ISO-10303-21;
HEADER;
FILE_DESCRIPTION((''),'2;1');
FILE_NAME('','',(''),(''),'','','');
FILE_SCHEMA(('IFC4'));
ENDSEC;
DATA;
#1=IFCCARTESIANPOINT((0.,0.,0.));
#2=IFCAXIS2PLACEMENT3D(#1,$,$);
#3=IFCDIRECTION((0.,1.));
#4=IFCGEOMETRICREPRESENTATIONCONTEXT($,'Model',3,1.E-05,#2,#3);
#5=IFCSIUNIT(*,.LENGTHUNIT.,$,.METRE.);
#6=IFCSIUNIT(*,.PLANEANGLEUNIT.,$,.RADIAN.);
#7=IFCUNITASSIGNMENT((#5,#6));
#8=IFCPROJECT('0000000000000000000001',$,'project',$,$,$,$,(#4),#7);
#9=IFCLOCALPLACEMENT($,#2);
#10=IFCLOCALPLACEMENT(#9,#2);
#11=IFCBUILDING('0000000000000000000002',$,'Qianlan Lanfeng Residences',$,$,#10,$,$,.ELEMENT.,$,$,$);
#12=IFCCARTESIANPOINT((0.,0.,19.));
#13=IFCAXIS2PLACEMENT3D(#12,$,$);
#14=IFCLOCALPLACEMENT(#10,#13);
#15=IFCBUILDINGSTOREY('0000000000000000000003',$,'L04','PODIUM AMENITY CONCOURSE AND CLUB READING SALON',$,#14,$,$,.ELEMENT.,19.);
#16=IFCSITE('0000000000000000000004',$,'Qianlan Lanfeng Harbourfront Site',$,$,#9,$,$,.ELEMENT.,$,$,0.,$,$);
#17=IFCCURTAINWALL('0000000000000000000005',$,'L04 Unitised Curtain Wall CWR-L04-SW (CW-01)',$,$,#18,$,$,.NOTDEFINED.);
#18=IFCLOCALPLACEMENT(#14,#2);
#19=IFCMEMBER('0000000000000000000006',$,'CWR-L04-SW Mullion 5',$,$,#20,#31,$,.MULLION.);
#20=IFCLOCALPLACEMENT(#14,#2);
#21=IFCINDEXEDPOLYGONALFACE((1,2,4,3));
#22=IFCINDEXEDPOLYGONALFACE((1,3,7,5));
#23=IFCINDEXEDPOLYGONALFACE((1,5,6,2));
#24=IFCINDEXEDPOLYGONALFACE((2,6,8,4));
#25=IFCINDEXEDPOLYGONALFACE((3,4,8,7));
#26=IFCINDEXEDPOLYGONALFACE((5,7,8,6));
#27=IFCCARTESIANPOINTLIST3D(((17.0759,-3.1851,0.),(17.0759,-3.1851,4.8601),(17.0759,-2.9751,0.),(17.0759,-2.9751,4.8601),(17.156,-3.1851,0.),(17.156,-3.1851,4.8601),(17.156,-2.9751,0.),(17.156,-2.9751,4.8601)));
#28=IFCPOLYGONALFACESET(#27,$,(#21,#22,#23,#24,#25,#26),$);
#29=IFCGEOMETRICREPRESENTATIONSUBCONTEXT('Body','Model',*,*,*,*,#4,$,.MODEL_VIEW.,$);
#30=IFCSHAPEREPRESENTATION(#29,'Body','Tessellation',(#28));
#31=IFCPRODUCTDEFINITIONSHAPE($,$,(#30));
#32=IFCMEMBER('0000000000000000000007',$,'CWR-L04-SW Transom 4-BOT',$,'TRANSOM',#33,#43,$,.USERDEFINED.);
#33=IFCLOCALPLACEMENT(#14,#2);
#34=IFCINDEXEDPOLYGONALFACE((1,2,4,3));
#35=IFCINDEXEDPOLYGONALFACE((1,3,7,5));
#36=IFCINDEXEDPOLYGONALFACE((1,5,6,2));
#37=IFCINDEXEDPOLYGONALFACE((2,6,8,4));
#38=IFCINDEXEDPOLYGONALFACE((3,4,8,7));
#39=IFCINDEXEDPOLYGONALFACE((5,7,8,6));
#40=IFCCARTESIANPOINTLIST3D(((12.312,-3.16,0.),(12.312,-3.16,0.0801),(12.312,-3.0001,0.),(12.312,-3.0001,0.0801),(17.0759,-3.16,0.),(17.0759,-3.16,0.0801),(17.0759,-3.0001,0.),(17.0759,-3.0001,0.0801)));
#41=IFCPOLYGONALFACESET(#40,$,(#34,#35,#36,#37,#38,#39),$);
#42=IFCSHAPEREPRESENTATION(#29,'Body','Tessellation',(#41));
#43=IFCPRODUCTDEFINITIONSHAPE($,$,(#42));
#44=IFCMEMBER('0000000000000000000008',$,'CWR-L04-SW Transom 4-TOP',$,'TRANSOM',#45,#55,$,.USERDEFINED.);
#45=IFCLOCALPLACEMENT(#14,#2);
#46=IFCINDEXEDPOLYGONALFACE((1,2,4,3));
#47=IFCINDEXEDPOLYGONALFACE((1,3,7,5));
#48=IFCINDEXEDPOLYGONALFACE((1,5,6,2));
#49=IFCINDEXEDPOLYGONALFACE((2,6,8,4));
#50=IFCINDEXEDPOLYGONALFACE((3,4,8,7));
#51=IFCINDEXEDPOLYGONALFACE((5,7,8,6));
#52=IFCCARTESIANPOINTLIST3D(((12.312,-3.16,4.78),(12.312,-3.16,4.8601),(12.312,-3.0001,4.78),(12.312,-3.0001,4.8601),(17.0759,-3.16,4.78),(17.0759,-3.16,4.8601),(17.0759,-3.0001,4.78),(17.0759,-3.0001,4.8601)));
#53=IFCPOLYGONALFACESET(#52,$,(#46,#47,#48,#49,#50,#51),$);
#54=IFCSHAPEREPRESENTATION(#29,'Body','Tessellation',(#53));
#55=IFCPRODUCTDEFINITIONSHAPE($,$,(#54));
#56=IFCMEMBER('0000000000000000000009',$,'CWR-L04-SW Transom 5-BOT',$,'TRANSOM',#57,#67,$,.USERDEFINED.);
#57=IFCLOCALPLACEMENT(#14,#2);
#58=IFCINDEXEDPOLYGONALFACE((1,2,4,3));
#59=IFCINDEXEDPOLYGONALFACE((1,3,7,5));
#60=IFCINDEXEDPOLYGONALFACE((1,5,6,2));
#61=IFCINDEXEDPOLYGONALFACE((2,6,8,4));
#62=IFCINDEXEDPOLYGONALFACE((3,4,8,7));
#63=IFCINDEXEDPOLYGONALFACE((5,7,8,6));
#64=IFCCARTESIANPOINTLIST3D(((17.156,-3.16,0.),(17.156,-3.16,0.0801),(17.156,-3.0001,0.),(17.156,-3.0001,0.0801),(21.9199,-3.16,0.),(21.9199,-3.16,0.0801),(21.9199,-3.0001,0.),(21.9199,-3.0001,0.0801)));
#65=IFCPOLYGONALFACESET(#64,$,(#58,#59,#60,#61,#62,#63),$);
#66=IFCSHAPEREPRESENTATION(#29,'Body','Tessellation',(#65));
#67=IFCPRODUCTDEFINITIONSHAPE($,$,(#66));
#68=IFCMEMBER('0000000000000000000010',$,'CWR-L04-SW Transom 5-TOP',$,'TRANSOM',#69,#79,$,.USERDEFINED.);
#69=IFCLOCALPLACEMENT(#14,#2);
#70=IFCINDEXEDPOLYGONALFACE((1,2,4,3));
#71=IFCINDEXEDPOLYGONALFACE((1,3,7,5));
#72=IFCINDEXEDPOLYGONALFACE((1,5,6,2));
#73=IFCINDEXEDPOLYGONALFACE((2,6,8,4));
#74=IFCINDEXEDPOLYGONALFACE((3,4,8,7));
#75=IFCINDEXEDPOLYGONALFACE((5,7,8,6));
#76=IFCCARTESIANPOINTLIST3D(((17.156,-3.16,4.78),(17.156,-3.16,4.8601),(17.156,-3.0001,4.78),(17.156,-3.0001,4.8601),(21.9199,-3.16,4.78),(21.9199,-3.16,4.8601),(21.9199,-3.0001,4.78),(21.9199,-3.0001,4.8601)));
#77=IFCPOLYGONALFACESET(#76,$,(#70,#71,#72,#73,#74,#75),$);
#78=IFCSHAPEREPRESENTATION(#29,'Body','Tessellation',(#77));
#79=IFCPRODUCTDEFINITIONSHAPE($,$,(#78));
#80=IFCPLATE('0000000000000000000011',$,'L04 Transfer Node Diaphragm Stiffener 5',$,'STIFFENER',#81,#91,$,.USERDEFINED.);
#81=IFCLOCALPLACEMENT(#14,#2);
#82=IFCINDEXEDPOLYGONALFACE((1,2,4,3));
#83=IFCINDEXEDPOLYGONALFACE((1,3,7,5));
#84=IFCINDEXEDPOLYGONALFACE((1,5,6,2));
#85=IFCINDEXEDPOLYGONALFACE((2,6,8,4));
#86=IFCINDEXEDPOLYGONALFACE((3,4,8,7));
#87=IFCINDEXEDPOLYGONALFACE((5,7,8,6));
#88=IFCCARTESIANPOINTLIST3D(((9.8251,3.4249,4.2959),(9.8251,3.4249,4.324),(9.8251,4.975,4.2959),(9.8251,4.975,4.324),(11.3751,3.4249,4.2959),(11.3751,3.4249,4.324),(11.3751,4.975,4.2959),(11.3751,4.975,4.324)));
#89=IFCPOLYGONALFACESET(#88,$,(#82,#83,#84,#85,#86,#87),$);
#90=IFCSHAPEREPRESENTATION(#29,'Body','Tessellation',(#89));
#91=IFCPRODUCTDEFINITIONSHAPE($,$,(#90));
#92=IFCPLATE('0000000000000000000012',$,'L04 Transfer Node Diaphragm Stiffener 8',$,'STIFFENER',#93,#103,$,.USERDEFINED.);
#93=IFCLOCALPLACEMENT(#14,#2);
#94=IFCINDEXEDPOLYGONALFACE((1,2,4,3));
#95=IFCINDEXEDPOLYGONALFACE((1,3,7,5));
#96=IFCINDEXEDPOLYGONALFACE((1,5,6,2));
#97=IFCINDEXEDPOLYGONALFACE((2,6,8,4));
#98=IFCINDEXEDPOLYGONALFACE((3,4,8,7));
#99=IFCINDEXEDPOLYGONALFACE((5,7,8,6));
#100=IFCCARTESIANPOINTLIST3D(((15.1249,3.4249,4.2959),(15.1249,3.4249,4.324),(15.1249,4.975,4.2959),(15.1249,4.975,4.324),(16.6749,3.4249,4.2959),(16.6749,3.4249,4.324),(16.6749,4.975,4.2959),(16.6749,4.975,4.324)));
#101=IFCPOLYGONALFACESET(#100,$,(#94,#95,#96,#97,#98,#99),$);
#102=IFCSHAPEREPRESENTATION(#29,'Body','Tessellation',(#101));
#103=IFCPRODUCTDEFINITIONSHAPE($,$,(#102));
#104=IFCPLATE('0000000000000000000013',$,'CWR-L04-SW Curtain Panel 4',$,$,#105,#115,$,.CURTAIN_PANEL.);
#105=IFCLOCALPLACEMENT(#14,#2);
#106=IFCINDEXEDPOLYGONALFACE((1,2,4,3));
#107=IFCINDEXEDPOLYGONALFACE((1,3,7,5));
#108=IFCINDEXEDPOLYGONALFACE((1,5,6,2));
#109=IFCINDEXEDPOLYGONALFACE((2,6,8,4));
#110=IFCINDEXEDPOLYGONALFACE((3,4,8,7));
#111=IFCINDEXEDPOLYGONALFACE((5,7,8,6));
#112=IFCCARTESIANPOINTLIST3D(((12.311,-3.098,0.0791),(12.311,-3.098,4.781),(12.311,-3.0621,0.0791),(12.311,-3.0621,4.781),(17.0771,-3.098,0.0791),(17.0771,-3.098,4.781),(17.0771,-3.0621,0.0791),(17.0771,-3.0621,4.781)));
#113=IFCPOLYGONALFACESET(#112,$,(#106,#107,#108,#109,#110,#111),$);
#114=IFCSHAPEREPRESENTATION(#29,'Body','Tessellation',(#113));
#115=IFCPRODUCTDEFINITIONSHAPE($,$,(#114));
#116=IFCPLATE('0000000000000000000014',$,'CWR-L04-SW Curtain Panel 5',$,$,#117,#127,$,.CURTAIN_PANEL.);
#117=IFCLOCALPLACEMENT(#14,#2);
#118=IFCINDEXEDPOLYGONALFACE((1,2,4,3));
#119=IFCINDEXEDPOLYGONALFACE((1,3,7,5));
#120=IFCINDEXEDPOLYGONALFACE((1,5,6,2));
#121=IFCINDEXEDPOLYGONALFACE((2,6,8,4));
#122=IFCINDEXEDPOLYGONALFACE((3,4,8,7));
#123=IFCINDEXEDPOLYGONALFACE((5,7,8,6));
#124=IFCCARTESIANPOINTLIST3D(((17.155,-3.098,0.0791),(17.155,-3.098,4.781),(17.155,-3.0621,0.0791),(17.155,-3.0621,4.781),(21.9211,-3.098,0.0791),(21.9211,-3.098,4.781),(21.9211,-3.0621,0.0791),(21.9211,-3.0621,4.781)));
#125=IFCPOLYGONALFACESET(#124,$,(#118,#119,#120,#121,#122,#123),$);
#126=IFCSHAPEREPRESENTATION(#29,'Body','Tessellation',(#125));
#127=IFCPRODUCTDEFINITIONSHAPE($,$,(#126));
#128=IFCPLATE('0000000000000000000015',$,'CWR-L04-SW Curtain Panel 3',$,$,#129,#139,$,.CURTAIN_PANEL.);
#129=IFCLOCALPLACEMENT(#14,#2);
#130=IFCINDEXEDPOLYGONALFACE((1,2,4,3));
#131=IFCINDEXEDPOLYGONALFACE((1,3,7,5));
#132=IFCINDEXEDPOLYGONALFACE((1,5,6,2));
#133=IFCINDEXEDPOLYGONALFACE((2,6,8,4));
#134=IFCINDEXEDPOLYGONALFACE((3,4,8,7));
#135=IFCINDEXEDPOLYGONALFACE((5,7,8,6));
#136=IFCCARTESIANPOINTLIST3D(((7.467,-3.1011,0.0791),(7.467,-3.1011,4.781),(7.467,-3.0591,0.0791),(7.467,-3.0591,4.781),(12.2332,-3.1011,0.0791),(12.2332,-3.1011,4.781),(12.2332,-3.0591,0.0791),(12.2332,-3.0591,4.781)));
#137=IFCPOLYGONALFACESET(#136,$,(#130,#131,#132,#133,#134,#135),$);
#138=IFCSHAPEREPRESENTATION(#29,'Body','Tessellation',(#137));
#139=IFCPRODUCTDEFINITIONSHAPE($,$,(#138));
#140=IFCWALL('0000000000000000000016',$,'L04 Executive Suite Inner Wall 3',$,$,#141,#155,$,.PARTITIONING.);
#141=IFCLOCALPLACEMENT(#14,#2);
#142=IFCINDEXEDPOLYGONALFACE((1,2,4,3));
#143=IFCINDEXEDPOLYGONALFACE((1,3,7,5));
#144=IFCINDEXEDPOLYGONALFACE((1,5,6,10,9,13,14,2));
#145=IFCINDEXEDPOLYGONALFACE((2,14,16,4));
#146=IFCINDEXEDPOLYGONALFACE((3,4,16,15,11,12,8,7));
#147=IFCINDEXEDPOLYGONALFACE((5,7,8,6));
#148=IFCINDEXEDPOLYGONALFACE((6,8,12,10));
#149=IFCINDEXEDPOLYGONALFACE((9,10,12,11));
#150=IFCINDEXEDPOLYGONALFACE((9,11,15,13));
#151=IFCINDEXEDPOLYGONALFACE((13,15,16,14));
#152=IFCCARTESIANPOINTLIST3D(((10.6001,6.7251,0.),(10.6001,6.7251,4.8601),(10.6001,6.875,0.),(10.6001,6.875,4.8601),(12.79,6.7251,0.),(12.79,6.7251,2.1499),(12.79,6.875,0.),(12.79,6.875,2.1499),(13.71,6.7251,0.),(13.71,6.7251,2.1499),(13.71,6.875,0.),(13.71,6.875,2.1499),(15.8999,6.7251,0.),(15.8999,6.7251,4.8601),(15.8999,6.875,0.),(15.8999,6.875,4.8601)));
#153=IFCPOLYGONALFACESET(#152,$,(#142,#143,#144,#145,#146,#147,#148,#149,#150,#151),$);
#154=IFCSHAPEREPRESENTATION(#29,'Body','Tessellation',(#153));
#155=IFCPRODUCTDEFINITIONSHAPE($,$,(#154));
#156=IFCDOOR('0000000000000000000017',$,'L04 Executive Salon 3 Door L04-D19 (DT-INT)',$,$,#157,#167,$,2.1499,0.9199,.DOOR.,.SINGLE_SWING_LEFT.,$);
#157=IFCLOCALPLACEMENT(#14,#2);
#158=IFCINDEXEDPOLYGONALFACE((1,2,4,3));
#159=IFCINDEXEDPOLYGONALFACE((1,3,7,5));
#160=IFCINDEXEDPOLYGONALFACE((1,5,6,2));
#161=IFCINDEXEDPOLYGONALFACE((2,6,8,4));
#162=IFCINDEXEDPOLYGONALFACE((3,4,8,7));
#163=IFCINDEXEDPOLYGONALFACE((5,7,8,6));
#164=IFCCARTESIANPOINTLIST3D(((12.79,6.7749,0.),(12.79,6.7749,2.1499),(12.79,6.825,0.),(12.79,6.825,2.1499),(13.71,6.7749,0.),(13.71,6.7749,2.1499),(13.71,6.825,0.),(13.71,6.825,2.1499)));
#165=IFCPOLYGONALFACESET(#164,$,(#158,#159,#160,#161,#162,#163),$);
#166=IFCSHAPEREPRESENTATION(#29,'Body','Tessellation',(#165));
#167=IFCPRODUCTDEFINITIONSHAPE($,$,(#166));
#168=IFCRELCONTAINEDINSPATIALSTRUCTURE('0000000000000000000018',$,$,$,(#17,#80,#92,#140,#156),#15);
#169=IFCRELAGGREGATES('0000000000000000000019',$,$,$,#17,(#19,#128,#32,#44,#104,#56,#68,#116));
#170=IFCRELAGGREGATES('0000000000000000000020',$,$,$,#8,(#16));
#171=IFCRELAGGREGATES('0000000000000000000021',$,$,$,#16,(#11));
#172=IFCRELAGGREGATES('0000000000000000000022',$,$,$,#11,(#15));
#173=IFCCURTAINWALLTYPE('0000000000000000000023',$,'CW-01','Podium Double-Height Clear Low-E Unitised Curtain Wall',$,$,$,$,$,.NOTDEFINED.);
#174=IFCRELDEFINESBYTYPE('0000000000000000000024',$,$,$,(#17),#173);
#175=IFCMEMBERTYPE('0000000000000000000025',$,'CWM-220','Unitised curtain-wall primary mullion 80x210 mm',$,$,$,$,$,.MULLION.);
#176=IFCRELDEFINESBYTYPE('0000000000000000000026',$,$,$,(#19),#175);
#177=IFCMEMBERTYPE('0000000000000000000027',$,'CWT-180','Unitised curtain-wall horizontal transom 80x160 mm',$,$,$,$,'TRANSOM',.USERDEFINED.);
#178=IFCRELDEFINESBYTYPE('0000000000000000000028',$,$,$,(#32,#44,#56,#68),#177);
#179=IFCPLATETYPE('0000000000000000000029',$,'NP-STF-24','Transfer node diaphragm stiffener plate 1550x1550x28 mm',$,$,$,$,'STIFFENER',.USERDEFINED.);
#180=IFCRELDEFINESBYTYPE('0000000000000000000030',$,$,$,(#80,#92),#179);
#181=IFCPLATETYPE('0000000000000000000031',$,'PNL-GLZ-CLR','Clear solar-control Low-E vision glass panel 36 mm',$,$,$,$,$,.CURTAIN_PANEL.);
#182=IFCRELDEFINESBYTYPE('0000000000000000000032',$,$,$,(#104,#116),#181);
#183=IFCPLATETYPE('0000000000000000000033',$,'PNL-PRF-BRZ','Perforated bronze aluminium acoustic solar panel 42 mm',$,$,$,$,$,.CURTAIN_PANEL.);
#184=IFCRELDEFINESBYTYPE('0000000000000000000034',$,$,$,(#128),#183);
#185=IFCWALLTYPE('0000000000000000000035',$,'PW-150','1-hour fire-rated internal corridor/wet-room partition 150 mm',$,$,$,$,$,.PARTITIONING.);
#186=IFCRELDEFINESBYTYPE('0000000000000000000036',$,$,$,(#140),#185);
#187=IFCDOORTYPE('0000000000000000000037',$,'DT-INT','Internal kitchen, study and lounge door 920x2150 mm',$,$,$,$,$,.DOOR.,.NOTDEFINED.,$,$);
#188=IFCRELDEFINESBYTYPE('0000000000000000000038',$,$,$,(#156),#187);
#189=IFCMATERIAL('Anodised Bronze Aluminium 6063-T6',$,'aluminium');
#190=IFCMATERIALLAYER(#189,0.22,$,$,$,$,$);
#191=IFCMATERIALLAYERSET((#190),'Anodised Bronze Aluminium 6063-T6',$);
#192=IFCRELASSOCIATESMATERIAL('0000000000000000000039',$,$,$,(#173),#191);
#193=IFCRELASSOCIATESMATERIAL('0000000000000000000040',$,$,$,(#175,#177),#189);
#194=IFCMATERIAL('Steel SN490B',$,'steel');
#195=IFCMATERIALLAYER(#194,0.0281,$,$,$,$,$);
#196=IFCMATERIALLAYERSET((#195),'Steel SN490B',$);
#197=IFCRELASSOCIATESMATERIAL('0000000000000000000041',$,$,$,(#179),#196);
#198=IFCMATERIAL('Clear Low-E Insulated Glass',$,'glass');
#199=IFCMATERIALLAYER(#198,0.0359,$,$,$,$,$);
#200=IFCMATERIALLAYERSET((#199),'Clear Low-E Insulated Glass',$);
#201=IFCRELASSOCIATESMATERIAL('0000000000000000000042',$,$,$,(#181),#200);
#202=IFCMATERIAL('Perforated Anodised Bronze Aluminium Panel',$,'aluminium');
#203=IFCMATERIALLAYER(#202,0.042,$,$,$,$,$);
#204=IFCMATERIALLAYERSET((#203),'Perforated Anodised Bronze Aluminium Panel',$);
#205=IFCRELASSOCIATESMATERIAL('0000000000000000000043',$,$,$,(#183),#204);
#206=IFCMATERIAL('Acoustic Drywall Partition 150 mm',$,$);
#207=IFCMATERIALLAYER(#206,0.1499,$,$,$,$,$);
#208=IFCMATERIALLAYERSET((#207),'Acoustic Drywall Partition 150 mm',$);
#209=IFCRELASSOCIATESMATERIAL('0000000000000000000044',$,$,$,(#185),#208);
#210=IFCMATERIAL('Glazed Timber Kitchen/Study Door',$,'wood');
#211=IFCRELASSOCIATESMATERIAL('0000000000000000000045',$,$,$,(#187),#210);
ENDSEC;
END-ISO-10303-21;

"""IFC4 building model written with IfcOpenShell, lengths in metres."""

from ifc_helpers import new_model, si_unit, direction, frame, frame_2d, origin, origin_2d, place, context, subcontext, project, spatial, rectangle, extrude, source, transform, mapped, material, layer, layer_set, material_profile, profile_set, type_object, element, fill, aggregate, save


model = new_model("IFC4")

# Units and contexts
model_context = context("Model", 3, precision=1e-05, world=origin(), true_north=direction((0.0, 1.0)))
body_context = subcontext(model_context, "Body", "Model", "MODEL_VIEW")
ifc_project = project(units=[si_unit("LENGTHUNIT", "METRE"), si_unit("PLANEANGLEUNIT", "RADIAN")], contexts=[model_context])

# Site, building, storey
site_placement = place(None, origin())
site = spatial("IfcSite", under=ifc_project, at=site_placement, Name="Qianlan Lanfeng Harbourfront Site", CompositionType="ELEMENT", RefElevation=0.0)
building_placement = place(site_placement, origin())
building = spatial("IfcBuilding", under=site, at=building_placement, Name="Qianlan Lanfeng Residences", CompositionType="ELEMENT")
storey_placement = place(building_placement, frame((0.0, 0.0, 19.0)))
storey = spatial("IfcBuildingStorey", under=building, at=storey_placement, Name="L04", Description="PODIUM AMENITY CONCOURSE AND CLUB READING SALON", CompositionType="ELEMENT", Elevation=19.0)

# Shared definitions
ifc_material_1 = material(Name="Steel SN490B", Category="steel")

# Curtain wall, members
ifc_material_2 = material(Name="Anodised Bronze Aluminium 6063-T6", Category="aluminium")
ifc_layer_1 = layer(ifc_material_2, 0.22)
ifc_layer_set_1 = layer_set([ifc_layer_1], Name="Anodised Bronze Aluminium 6063-T6")
curtain_wall_type = type_object("IfcCurtainWallType", Name="CW-01", Description="Podium Double-Height Clear Low-E Unitised Curtain Wall", PredefinedType="NOTDEFINED", material=ifc_layer_set_1)
curtain_wall_placement = place(storey_placement, origin())
curtain_wall = element("IfcCurtainWall", 1, at=curtain_wall_placement, inside=storey, type_object=curtain_wall_type, Name="L04 Unitised Curtain Wall CWR-L04-SW (CW-01)", PredefinedType="NOTDEFINED")
ifc_material_profile_1 = material_profile(ifc_material_2, rectangle(XDim=0.0801, YDim=0.21, at=origin_2d()), Name="ALU MULLION 80x210")
ifc_profile_set_1 = profile_set([ifc_material_profile_1], Name="Anodised Bronze Aluminium 6063-T6")
member_type_1 = type_object("IfcMemberType", Name="CWM-220", Description="Unitised curtain-wall primary mullion 80x210 mm", PredefinedType="MULLION", material=ifc_profile_set_1)
shared_shape_1 = source(origin(), body_context, "Body", "SweptSolid", [
    extrude(rectangle(XDim=0.0801, YDim=0.21, at=origin_2d()), origin(), (0.0, 0.0, 1.0), 4.8601),
])
member_1_placement = place(storey_placement, frame((17.116, -3.0801, 0.0), z_axis=(0.0, 0.0, 1.0), x_axis=(1.0, 0.0, 0.0)))
member_1 = element("IfcMember", 2, at=member_1_placement, type_object=member_type_1, Name="CWR-L04-SW Mullion 5", PredefinedType="MULLION", context=body_context, shape_type="MappedRepresentation", body=[
    mapped(shared_shape_1, transform((0.0, 0.0, 0.0), scale=1.0)),
])
ifc_material_profile_2 = material_profile(ifc_material_2, rectangle(XDim=0.0801, YDim=0.1599, at=origin_2d()), Name="ALU TRANSOM 80x160")
ifc_profile_set_2 = profile_set([ifc_material_profile_2], Name="Anodised Bronze Aluminium 6063-T6")
member_type_2 = type_object("IfcMemberType", Name="CWT-180", Description="Unitised curtain-wall horizontal transom 80x160 mm", ElementType="TRANSOM", PredefinedType="USERDEFINED", material=ifc_profile_set_2)
shared_shape_2 = source(origin(), body_context, "Body", "SweptSolid", [
    extrude(rectangle(XDim=0.0801, YDim=0.1599, at=origin_2d()), origin(), (0.0, 0.0, 1.0), 4.7639),
])
member_2_placement = place(storey_placement, frame((12.312, -3.0801, 0.04), z_axis=(1.0, 0.0, 0.0), x_axis=(0.0, 0.0, 1.0)))
member_2 = element("IfcMember", 3, at=member_2_placement, type_object=member_type_2, Name="CWR-L04-SW Transom 4-BOT", ObjectType="TRANSOM", PredefinedType="USERDEFINED", context=body_context, shape_type="MappedRepresentation", body=[
    mapped(shared_shape_2, transform((0.0, 0.0, 0.0), scale=1.0)),
])
member_3_placement = place(storey_placement, frame((12.312, -3.0801, 4.8201), z_axis=(1.0, 0.0, 0.0), x_axis=(0.0, 0.0, 1.0)))
member_3 = element("IfcMember", 4, at=member_3_placement, type_object=member_type_2, Name="CWR-L04-SW Transom 4-TOP", ObjectType="TRANSOM", PredefinedType="USERDEFINED", context=body_context, shape_type="MappedRepresentation", body=[
    mapped(shared_shape_2, transform((0.0, 0.0, 0.0), scale=1.0)),
])
member_4_placement = place(storey_placement, frame((17.156, -3.0801, 0.04), z_axis=(1.0, 0.0, 0.0), x_axis=(0.0, 0.0, 1.0)))
member_4 = element("IfcMember", 5, at=member_4_placement, type_object=member_type_2, Name="CWR-L04-SW Transom 5-BOT", ObjectType="TRANSOM", PredefinedType="USERDEFINED", context=body_context, shape_type="MappedRepresentation", body=[
    mapped(shared_shape_2, transform((0.0, 0.0, 0.0), scale=1.0)),
])
member_5_placement = place(storey_placement, frame((17.156, -3.0801, 4.8201), z_axis=(1.0, 0.0, 0.0), x_axis=(0.0, 0.0, 1.0)))
member_5 = element("IfcMember", 6, at=member_5_placement, type_object=member_type_2, Name="CWR-L04-SW Transom 5-TOP", ObjectType="TRANSOM", PredefinedType="USERDEFINED", context=body_context, shape_type="MappedRepresentation", body=[
    mapped(shared_shape_2, transform((0.0, 0.0, 0.0), scale=1.0)),
])

# Plates
ifc_layer_2 = layer(ifc_material_1, 0.0281)
ifc_layer_set_2 = layer_set([ifc_layer_2], Name="Steel SN490B")
plate_type_1 = type_object("IfcPlateType", Name="NP-STF-24", Description="Transfer node diaphragm stiffener plate 1550x1550x28 mm", ElementType="STIFFENER", PredefinedType="USERDEFINED", material=ifc_layer_set_2)
shared_shape_3 = source(origin(), body_context, "Body", "SweptSolid", [
    extrude(rectangle(XDim=1.55, YDim=1.55, at=origin_2d()), origin(), (0.0, 0.0, 1.0), 0.0281),
])
for number, where, z_axis, x_axis, name in (
    (7, (10.6001, 4.2, 4.2959), (0.0, 0.0, 1.0), (1.0, 0.0, 0.0), "L04 Transfer Node Diaphragm Stiffener 5"),
    (8, (15.8999, 4.2, 4.2959), (0.0, 0.0, 1.0), (1.0, 0.0, 0.0), "L04 Transfer Node Diaphragm Stiffener 8"),
):
    element("IfcPlate", number, at=place(storey_placement, frame(where, z_axis=z_axis, x_axis=x_axis)), inside=storey, type_object=plate_type_1, Name=name, ObjectType="STIFFENER", PredefinedType="USERDEFINED", context=body_context, shape_type="MappedRepresentation", body=[
        mapped(shared_shape_3, transform((0.0, 0.0, 0.0), scale=1.0)),
    ])

# Plates
ifc_material_3 = material(Name="Clear Low-E Insulated Glass", Category="glass")
ifc_layer_3 = layer(ifc_material_3, 0.0359)
ifc_layer_set_3 = layer_set([ifc_layer_3], Name="Clear Low-E Insulated Glass")
plate_type_2 = type_object("IfcPlateType", Name="PNL-GLZ-CLR", Description="Clear solar-control Low-E vision glass panel 36 mm", PredefinedType="CURTAIN_PANEL", material=ifc_layer_set_3)
shared_shape_4 = source(origin(), body_context, "Body", "SweptSolid", [
    extrude(rectangle(XDim=4.7661, YDim=0.0359, at=origin_2d()), origin(), (0.0, 0.0, 1.0), 4.7019),
])
plate_1_placement = place(storey_placement, frame((14.6941, -3.0801, 0.0791), z_axis=(0.0, 0.0, 1.0), x_axis=(1.0, 0.0, 0.0)))
plate_1 = element("IfcPlate", 9, at=plate_1_placement, type_object=plate_type_2, Name="CWR-L04-SW Curtain Panel 4", PredefinedType="CURTAIN_PANEL", context=body_context, shape_type="MappedRepresentation", body=[
    mapped(shared_shape_4, transform((0.0, 0.0, 0.0), scale=1.0)),
])
plate_2_placement = place(storey_placement, frame((19.5381, -3.0801, 0.0791), z_axis=(0.0, 0.0, 1.0), x_axis=(1.0, 0.0, 0.0)))
plate_2 = element("IfcPlate", 10, at=plate_2_placement, type_object=plate_type_2, Name="CWR-L04-SW Curtain Panel 5", PredefinedType="CURTAIN_PANEL", context=body_context, shape_type="MappedRepresentation", body=[
    mapped(shared_shape_4, transform((0.0, 0.0, 0.0), scale=1.0)),
])
ifc_material_4 = material(Name="Perforated Anodised Bronze Aluminium Panel", Category="aluminium")
ifc_layer_4 = layer(ifc_material_4, 0.042)
ifc_layer_set_4 = layer_set([ifc_layer_4], Name="Perforated Anodised Bronze Aluminium Panel")
plate_type_3 = type_object("IfcPlateType", Name="PNL-PRF-BRZ", Description="Perforated bronze aluminium acoustic solar panel 42 mm", PredefinedType="CURTAIN_PANEL", material=ifc_layer_set_4)
shared_shape_5 = source(origin(), body_context, "Body", "SweptSolid", [
    extrude(rectangle(XDim=4.7661, YDim=0.042, at=origin_2d()), origin(), (0.0, 0.0, 1.0), 4.7019),
])
plate_3_placement = place(storey_placement, frame((9.8501, -3.0801, 0.0791), z_axis=(0.0, 0.0, 1.0), x_axis=(1.0, 0.0, 0.0)))
plate_3 = element("IfcPlate", 11, at=plate_3_placement, type_object=plate_type_3, Name="CWR-L04-SW Curtain Panel 3", PredefinedType="CURTAIN_PANEL", context=body_context, shape_type="MappedRepresentation", body=[
    mapped(shared_shape_5, transform((0.0, 0.0, 0.0), scale=1.0)),
])
aggregate(curtain_wall, [member_1, plate_3, member_2, member_3, plate_1, member_4, member_5, plate_2])

# Wall, opening, door
ifc_material_5 = material(Name="Acoustic Drywall Partition 150 mm")
ifc_layer_5 = layer(ifc_material_5, 0.1499)
ifc_layer_set_5 = layer_set([ifc_layer_5], Name="Acoustic Drywall Partition 150 mm")
wall_type_1 = type_object("IfcWallType", Name="PW-150", Description="1-hour fire-rated internal corridor/wet-room partition 150 mm", PredefinedType="PARTITIONING", material=ifc_layer_set_5)
wall_placement = place(storey_placement, frame((10.6001, 6.8, 0.0), z_axis=(0.0, 0.0, 1.0), x_axis=(1.0, 0.0, 0.0)))
wall = element("IfcWall", 12, at=wall_placement, inside=storey, type_object=wall_type_1, Name="L04 Executive Suite Inner Wall 3", PredefinedType="PARTITIONING", context=body_context, shape_type="SweptSolid", body=[
    extrude(rectangle(XDim=5.2998, YDim=0.1499, at=frame_2d((2.6499, 0.0))), origin(), (0.0, 0.0, 1.0), 4.8601),
])
opening_placement = place(wall_placement, frame((2.1899, 0.0, 0.0)))
opening = element("IfcOpeningElement", 13, at=opening_placement, cuts=wall, PredefinedType="OPENING", context=body_context, shape_type="SweptSolid", body=[
    extrude(rectangle(XDim=0.9199, YDim=2.1499, at=frame_2d((0.46, 1.075))), frame((0.0, 0.085, 0.0), z_axis=(0.0, -1.0, 0.0), x_axis=(1.0, 0.0, 0.0)), (0.0, 0.0, 1.0), 0.1699),
])
ifc_material_6 = material(Name="Glazed Timber Kitchen/Study Door", Category="wood")
door_type = type_object("IfcDoorType", Name="DT-INT", Description="Internal kitchen, study and lounge door 920x2150 mm", OperationType="NOTDEFINED", PredefinedType="DOOR", material=ifc_material_6)
door_placement = place(opening_placement, origin())
door = element("IfcDoor", 14, at=door_placement, inside=storey, type_object=door_type, Name="L04 Executive Salon 3 Door L04-D19 (DT-INT)", OperationType="SINGLE_SWING_LEFT", OverallHeight=2.1499, OverallWidth=0.9199, PredefinedType="DOOR", context=body_context, shape_type="SweptSolid", body=[
    extrude(rectangle(XDim=0.9199, YDim=2.1499, at=frame_2d((0.46, 1.075))), frame((0.0, 0.0249, 0.0), z_axis=(0.0, -1.0, 0.0), x_axis=(1.0, 0.0, 0.0)), (0.0, 0.0, 1.0), 0.05),
])
fill(opening, door)

save(model, "model.ifc")
